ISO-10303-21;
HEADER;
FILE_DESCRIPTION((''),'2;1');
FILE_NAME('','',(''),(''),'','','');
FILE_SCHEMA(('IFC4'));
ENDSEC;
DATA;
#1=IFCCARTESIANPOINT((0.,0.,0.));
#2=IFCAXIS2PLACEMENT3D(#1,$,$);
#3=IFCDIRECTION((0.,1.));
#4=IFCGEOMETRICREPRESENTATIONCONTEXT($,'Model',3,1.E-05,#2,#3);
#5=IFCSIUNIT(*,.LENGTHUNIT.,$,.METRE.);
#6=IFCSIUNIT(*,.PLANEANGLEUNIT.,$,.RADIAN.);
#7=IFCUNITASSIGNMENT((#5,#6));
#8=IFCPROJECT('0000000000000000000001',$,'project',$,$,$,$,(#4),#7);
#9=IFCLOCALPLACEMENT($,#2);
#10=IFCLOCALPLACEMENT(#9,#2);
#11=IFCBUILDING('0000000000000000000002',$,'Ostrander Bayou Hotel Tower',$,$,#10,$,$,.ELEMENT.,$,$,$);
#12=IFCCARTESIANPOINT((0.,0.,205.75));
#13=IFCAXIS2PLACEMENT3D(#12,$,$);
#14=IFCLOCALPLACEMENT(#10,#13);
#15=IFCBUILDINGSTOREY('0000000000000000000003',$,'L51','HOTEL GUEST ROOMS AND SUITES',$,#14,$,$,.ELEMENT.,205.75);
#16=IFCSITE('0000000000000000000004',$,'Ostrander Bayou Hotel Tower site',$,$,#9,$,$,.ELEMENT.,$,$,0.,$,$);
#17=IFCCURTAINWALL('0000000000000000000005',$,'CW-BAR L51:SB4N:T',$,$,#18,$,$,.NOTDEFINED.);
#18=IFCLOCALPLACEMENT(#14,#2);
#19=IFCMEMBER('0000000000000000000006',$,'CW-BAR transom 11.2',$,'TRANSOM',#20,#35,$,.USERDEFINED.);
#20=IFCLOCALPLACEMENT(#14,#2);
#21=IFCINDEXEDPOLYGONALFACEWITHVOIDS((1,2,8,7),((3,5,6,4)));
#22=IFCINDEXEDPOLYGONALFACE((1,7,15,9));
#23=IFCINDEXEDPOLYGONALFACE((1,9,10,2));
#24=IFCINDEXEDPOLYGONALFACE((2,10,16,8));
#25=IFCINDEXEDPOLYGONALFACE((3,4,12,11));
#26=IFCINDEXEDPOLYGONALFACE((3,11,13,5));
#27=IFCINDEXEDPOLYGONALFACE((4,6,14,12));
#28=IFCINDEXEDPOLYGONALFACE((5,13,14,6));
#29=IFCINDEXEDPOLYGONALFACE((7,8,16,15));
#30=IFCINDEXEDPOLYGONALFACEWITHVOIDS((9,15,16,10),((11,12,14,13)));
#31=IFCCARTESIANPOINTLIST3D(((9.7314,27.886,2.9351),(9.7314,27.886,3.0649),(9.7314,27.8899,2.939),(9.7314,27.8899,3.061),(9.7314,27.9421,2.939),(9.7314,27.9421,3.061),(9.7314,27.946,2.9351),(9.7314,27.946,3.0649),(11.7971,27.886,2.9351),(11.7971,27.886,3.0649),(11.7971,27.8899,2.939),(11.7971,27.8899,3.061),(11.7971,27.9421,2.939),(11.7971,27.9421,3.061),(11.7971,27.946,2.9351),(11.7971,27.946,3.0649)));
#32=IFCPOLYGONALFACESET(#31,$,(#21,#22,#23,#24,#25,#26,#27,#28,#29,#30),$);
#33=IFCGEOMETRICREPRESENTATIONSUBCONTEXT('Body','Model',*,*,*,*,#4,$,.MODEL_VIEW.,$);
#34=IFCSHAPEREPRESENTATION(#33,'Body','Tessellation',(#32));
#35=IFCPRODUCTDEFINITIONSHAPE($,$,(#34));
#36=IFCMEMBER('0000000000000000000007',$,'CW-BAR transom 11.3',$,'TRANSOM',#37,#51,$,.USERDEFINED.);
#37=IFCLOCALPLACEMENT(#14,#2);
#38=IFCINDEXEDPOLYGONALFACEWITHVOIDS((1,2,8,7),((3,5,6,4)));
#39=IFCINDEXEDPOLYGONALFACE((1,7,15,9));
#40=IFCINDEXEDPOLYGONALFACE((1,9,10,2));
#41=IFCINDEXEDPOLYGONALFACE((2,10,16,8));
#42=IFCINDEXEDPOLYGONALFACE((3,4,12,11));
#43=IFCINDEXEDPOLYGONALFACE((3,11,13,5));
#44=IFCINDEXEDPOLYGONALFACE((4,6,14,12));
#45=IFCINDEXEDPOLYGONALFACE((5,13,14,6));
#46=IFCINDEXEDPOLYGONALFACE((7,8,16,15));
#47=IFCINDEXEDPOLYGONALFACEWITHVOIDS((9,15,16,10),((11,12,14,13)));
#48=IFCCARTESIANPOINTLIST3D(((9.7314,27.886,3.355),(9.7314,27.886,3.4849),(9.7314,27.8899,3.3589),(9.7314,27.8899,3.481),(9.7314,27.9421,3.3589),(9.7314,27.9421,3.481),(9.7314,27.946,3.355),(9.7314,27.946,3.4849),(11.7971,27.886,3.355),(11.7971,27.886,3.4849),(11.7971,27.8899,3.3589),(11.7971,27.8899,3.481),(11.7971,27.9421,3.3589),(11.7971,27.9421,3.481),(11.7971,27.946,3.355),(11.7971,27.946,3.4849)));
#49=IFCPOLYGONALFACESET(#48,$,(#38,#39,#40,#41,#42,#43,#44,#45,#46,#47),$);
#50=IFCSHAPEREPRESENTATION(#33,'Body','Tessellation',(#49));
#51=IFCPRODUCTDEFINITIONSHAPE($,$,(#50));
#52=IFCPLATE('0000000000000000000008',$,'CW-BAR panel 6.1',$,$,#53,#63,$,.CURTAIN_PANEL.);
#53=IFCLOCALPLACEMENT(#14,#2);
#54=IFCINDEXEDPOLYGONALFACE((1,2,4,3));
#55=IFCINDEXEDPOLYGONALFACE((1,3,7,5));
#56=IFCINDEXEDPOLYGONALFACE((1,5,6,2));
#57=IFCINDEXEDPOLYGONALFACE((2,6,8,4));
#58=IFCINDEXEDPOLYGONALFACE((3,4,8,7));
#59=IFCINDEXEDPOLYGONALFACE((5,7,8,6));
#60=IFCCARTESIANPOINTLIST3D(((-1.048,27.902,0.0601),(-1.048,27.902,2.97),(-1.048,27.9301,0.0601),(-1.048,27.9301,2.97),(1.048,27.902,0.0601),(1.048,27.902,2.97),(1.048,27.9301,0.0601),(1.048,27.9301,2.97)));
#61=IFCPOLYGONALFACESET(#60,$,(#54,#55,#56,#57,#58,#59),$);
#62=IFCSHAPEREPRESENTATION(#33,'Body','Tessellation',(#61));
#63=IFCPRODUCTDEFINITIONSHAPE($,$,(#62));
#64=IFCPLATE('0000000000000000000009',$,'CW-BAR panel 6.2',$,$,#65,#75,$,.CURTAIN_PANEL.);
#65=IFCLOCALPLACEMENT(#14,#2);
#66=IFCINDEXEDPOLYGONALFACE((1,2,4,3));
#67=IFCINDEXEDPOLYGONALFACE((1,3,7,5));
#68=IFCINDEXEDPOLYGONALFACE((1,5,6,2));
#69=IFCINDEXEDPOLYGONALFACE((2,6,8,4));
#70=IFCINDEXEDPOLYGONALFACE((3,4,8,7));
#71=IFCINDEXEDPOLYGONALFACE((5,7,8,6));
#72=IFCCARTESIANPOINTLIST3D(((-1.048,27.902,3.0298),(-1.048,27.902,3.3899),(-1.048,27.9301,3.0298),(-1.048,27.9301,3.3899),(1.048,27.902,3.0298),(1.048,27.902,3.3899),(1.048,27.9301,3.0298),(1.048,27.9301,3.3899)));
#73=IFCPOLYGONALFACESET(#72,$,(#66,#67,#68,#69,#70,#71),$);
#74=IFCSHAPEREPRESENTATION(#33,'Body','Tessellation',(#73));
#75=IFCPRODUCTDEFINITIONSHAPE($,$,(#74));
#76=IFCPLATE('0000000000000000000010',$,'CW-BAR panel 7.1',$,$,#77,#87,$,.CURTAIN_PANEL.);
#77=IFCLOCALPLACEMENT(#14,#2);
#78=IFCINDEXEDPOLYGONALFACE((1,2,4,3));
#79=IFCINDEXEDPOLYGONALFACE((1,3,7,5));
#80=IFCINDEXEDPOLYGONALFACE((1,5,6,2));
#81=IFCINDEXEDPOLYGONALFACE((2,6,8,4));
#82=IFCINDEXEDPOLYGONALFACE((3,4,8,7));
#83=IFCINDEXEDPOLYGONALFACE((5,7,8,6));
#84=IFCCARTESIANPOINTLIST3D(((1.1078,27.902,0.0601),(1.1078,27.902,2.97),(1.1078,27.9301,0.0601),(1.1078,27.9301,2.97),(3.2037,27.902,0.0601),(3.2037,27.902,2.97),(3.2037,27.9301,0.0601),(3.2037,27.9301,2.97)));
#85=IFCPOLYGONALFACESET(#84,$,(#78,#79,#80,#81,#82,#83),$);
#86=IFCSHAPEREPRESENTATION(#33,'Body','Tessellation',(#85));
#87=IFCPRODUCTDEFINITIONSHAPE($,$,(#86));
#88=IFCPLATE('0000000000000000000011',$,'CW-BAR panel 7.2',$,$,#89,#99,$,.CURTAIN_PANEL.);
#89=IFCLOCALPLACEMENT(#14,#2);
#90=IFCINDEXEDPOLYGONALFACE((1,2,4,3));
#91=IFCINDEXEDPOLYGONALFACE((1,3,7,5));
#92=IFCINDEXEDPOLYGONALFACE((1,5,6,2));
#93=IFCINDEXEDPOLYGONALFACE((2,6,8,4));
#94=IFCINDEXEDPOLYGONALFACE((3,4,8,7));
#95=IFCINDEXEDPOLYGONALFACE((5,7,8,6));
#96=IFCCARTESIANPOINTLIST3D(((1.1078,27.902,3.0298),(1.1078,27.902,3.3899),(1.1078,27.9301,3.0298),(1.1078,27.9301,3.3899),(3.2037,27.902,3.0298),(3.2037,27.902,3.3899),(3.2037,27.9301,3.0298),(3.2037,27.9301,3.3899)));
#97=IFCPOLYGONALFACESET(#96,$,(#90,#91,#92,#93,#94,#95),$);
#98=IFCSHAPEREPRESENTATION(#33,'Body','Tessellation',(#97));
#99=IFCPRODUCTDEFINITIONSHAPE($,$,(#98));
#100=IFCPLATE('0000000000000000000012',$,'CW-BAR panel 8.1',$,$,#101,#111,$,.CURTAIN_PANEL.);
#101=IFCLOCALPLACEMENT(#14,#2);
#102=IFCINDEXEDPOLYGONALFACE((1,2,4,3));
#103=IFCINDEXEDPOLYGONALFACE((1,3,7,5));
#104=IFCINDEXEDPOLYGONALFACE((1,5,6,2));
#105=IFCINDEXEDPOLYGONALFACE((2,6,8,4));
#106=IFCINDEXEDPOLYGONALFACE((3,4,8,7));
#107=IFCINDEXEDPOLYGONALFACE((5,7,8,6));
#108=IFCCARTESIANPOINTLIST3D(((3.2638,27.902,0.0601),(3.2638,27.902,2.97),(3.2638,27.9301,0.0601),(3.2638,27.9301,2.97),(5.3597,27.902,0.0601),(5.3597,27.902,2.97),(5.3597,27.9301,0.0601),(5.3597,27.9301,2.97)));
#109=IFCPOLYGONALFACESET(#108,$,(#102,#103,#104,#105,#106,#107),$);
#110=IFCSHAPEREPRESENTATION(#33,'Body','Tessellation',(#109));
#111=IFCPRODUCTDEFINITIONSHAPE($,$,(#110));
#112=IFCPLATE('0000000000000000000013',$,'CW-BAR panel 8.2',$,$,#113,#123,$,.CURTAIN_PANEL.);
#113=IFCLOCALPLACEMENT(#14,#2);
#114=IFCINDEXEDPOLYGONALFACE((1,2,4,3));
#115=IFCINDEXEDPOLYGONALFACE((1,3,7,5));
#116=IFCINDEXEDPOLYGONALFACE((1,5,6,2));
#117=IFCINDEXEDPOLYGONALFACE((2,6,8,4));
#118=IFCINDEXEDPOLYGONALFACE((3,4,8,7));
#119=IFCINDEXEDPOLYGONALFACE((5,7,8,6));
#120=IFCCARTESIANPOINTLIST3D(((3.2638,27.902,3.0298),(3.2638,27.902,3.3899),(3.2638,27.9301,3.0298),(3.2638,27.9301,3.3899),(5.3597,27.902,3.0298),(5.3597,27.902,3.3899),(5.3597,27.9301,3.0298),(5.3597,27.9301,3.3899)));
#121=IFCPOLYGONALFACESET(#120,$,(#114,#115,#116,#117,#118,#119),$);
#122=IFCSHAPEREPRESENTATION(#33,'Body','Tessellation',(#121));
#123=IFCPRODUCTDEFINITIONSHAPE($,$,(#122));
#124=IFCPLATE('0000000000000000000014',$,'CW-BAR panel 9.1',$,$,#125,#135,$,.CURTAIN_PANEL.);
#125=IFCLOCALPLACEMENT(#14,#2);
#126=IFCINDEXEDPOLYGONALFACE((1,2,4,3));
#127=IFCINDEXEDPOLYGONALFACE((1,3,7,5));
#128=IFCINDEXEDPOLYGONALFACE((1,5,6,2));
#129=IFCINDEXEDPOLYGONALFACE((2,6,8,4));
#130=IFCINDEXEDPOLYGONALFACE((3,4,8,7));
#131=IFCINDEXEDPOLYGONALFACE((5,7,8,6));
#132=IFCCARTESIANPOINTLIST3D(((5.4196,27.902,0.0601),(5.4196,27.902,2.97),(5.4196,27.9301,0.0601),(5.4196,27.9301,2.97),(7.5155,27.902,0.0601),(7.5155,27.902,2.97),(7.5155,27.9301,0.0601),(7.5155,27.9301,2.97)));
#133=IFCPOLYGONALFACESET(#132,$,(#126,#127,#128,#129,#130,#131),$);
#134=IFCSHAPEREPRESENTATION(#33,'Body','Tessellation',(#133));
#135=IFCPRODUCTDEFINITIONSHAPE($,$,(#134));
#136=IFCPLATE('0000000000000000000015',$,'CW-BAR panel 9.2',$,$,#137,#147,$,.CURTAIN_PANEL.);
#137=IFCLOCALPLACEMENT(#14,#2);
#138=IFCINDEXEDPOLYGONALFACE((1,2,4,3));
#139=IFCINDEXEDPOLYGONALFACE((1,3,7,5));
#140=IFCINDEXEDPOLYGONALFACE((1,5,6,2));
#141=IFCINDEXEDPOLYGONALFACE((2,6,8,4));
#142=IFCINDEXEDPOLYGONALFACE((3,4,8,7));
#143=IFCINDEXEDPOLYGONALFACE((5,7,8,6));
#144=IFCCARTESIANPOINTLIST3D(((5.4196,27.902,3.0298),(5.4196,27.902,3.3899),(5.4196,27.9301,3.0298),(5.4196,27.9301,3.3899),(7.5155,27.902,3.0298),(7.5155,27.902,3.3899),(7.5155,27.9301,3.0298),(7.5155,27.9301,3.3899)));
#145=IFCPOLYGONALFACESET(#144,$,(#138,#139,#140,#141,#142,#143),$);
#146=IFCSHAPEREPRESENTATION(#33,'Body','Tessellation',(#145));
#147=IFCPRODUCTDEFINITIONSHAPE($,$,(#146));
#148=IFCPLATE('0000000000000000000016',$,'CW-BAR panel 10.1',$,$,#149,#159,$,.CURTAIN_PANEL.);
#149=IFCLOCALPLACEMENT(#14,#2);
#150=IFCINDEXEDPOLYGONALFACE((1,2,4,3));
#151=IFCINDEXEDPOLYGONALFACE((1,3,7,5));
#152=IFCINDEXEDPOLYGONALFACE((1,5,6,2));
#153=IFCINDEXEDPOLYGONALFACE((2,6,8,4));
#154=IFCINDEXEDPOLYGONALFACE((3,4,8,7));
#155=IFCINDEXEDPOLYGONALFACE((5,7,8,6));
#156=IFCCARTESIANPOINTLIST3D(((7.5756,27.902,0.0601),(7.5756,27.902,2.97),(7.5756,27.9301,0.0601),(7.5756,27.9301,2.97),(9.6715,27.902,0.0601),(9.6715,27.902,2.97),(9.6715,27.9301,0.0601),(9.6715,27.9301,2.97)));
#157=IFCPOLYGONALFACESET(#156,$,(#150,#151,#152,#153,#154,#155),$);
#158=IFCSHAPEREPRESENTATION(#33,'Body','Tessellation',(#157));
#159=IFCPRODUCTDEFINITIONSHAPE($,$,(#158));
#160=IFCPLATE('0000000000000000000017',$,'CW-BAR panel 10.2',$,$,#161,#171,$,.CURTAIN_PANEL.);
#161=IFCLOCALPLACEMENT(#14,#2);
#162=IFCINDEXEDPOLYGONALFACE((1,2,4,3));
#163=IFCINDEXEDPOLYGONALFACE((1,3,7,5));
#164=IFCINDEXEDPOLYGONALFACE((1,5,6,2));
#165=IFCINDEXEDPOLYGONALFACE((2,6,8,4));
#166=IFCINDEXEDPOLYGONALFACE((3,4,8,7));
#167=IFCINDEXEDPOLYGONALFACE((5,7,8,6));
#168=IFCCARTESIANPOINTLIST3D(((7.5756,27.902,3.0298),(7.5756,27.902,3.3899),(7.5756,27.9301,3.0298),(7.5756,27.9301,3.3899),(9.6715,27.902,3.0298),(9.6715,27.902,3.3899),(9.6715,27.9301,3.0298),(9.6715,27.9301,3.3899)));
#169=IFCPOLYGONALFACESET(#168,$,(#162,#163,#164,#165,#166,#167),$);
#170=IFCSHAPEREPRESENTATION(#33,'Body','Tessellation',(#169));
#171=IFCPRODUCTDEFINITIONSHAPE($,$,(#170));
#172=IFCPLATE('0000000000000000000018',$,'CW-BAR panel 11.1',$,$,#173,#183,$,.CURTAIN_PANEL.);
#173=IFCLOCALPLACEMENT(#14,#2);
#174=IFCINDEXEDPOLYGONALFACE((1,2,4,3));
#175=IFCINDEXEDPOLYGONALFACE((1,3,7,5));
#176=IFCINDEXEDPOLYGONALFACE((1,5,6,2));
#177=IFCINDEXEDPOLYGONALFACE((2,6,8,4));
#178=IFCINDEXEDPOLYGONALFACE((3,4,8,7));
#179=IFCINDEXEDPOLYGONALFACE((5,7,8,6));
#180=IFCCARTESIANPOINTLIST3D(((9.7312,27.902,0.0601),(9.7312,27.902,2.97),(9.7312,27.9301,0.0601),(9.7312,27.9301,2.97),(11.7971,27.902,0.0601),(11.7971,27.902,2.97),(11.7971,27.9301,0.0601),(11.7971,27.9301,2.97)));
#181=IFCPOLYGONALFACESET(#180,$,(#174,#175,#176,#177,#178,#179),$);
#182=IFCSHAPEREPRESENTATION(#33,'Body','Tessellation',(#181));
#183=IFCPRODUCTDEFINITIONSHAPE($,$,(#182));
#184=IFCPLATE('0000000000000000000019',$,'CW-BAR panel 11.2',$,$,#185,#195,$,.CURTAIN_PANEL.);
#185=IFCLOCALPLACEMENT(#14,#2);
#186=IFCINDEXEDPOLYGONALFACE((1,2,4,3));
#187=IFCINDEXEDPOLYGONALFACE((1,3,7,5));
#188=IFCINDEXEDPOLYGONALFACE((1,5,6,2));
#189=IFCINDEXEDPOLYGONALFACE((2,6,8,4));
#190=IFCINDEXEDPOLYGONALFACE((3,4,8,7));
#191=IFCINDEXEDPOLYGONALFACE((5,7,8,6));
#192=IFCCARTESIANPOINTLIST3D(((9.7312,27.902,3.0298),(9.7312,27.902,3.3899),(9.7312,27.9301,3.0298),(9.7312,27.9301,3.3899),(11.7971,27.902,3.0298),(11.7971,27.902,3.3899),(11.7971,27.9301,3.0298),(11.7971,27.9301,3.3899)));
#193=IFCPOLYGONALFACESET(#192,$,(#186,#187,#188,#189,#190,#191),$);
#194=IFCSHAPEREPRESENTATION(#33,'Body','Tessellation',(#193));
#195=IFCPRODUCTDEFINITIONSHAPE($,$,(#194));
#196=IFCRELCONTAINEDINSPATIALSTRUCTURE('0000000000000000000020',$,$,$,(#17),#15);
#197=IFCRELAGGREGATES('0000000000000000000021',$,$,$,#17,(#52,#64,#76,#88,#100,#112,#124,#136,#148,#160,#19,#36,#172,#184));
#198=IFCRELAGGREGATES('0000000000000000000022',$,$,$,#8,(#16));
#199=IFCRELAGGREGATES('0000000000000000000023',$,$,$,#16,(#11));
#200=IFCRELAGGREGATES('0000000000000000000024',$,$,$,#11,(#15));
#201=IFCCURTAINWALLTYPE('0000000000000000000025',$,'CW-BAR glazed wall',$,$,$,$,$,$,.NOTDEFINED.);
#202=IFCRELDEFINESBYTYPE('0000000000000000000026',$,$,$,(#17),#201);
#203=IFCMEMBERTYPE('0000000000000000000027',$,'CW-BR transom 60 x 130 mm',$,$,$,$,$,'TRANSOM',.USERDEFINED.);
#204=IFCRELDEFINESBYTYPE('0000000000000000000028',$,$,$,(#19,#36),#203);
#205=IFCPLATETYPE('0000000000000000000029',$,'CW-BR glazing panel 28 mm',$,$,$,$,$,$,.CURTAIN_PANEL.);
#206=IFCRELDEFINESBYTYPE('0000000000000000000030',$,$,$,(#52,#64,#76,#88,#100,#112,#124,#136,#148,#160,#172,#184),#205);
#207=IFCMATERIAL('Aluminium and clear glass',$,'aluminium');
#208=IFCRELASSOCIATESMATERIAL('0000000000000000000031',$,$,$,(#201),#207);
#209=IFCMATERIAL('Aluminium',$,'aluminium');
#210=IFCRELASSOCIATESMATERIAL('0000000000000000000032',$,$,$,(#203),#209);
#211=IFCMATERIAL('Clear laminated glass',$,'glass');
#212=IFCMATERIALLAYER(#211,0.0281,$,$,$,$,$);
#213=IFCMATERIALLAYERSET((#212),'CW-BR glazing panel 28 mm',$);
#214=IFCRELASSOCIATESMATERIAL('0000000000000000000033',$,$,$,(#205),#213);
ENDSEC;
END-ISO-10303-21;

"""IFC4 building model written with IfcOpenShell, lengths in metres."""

from ifc_helpers import new_model, si_unit, direction, frame, origin, origin_2d, place, context, subcontext, project, spatial, rectangle, hollow_rectangle, extrude, material, layer, layer_set, material_profile, profile_set, type_object, element, aggregate, save


model = new_model("IFC4")

# Units and contexts
model_context = context("Model", 3, precision=1e-05, world=origin(), true_north=direction((0.0, 1.0)))
body_context = subcontext(model_context, "Body", "Model", "MODEL_VIEW")
ifc_project = project(units=[si_unit("LENGTHUNIT", "METRE"), si_unit("PLANEANGLEUNIT", "RADIAN")], contexts=[model_context])

# Site, building, storey
site_placement = place(None, origin())
site = spatial("IfcSite", under=ifc_project, at=site_placement, Name="Ostrander Bayou Hotel Tower site", CompositionType="ELEMENT", RefElevation=0.0)
building_placement = place(site_placement, origin())
building = spatial("IfcBuilding", under=site, at=building_placement, Name="Ostrander Bayou Hotel Tower", CompositionType="ELEMENT")
storey_placement = place(building_placement, frame((0.0, 0.0, 205.75)))
storey = spatial("IfcBuildingStorey", under=building, at=storey_placement, Name="L51", Description="HOTEL GUEST ROOMS AND SUITES", CompositionType="ELEMENT", Elevation=205.75)

# Curtain wall, members, plates
ifc_material_1 = material(Name="Aluminium and clear glass", Category="aluminium")
curtain_wall_type = type_object("IfcCurtainWallType", Name="CW-BAR glazed wall", PredefinedType="NOTDEFINED", material=ifc_material_1)
curtain_wall_placement = place(storey_placement, origin())
curtain_wall = element("IfcCurtainWall", 1, at=curtain_wall_placement, inside=storey, type_object=curtain_wall_type, Name="CW-BAR L51:SB4N:T", PredefinedType="NOTDEFINED")
ifc_material_2 = material(Name="Aluminium", Category="aluminium")
ifc_material_profile_1 = material_profile(ifc_material_2, hollow_rectangle(XDim=0.0601, YDim=0.1299, WallThickness=0.0039, at=origin_2d()))
ifc_profile_set_1 = profile_set([ifc_material_profile_1], Name="Aluminium")
member_type_1 = type_object("IfcMemberType", Name="CW-BR transom 60 x 130 mm", ElementType="TRANSOM", PredefinedType="USERDEFINED", material=ifc_profile_set_1)
member_1_placement = place(storey_placement, frame((9.7314, 27.916, 3.0), z_axis=(1.0, 0.0, 0.0), x_axis=(0.0, 1.0, 0.0)))
member_1 = element("IfcMember", 2, at=member_1_placement, type_object=member_type_1, Name="CW-BAR transom 11.2", ObjectType="TRANSOM", PredefinedType="USERDEFINED", context=body_context, shape_type="SweptSolid", body=[
    extrude(hollow_rectangle(XDim=0.0601, YDim=0.1299, WallThickness=0.0039, at=origin_2d()), origin(), (0.0, 0.0, 1.0), 2.0657),
])
member_2_placement = place(storey_placement, frame((9.7314, 27.916, 3.4199), z_axis=(1.0, 0.0, 0.0), x_axis=(0.0, 1.0, 0.0)))
member_2 = element("IfcMember", 3, at=member_2_placement, type_object=member_type_1, Name="CW-BAR transom 11.3", ObjectType="TRANSOM", PredefinedType="USERDEFINED", context=body_context, shape_type="SweptSolid", body=[
    extrude(hollow_rectangle(XDim=0.0601, YDim=0.1299, WallThickness=0.0039, at=origin_2d()), origin(), (0.0, 0.0, 1.0), 2.0657),
])
ifc_material_3 = material(Name="Clear laminated glass", Category="glass")
ifc_layer_1 = layer(ifc_material_3, 0.0281)
ifc_layer_set_1 = layer_set([ifc_layer_1], Name="CW-BR glazing panel 28 mm")
plate_type = type_object("IfcPlateType", Name="CW-BR glazing panel 28 mm", PredefinedType="CURTAIN_PANEL", material=ifc_layer_set_1)
plate_1_placement = place(storey_placement, frame((0.0, 27.916, 0.0601), z_axis=(0.0, 0.0, 1.0), x_axis=(1.0, 0.0, 0.0)))
plate_1 = element("IfcPlate", 4, at=plate_1_placement, type_object=plate_type, Name="CW-BAR panel 6.1", PredefinedType="CURTAIN_PANEL", context=body_context, shape_type="SweptSolid", body=[
    extrude(rectangle(XDim=2.0959, YDim=0.0281, at=origin_2d()), origin(), (0.0, 0.0, 1.0), 2.9099),
])
plate_2_placement = place(storey_placement, frame((0.0, 27.916, 3.0298), z_axis=(0.0, 0.0, 1.0), x_axis=(1.0, 0.0, 0.0)))
plate_2 = element("IfcPlate", 5, at=plate_2_placement, type_object=plate_type, Name="CW-BAR panel 6.2", PredefinedType="CURTAIN_PANEL", context=body_context, shape_type="SweptSolid", body=[
    extrude(rectangle(XDim=2.0959, YDim=0.0281, at=origin_2d()), origin(), (0.0, 0.0, 1.0), 0.3601),
])
plate_3_placement = place(storey_placement, frame((2.1558, 27.916, 0.0601), z_axis=(0.0, 0.0, 1.0), x_axis=(1.0, 0.0, 0.0)))
plate_3 = element("IfcPlate", 6, at=plate_3_placement, type_object=plate_type, Name="CW-BAR panel 7.1", PredefinedType="CURTAIN_PANEL", context=body_context, shape_type="SweptSolid", body=[
    extrude(rectangle(XDim=2.0959, YDim=0.0281, at=origin_2d()), origin(), (0.0, 0.0, 1.0), 2.9099),
])
plate_4_placement = place(storey_placement, frame((2.1558, 27.916, 3.0298), z_axis=(0.0, 0.0, 1.0), x_axis=(1.0, 0.0, 0.0)))
plate_4 = element("IfcPlate", 7, at=plate_4_placement, type_object=plate_type, Name="CW-BAR panel 7.2", PredefinedType="CURTAIN_PANEL", context=body_context, shape_type="SweptSolid", body=[
    extrude(rectangle(XDim=2.0959, YDim=0.0281, at=origin_2d()), origin(), (0.0, 0.0, 1.0), 0.3601),
])
plate_5_placement = place(storey_placement, frame((4.3118, 27.916, 0.0601), z_axis=(0.0, 0.0, 1.0), x_axis=(1.0, 0.0, 0.0)))
plate_5 = element("IfcPlate", 8, at=plate_5_placement, type_object=plate_type, Name="CW-BAR panel 8.1", PredefinedType="CURTAIN_PANEL", context=body_context, shape_type="SweptSolid", body=[
    extrude(rectangle(XDim=2.0959, YDim=0.0281, at=origin_2d()), origin(), (0.0, 0.0, 1.0), 2.9099),
])
plate_6_placement = place(storey_placement, frame((4.3118, 27.916, 3.0298), z_axis=(0.0, 0.0, 1.0), x_axis=(1.0, 0.0, 0.0)))
plate_6 = element("IfcPlate", 9, at=plate_6_placement, type_object=plate_type, Name="CW-BAR panel 8.2", PredefinedType="CURTAIN_PANEL", context=body_context, shape_type="SweptSolid", body=[
    extrude(rectangle(XDim=2.0959, YDim=0.0281, at=origin_2d()), origin(), (0.0, 0.0, 1.0), 0.3601),
])
plate_7_placement = place(storey_placement, frame((6.4675, 27.916, 0.0601), z_axis=(0.0, 0.0, 1.0), x_axis=(1.0, 0.0, 0.0)))
plate_7 = element("IfcPlate", 10, at=plate_7_placement, type_object=plate_type, Name="CW-BAR panel 9.1", PredefinedType="CURTAIN_PANEL", context=body_context, shape_type="SweptSolid", body=[
    extrude(rectangle(XDim=2.0959, YDim=0.0281, at=origin_2d()), origin(), (0.0, 0.0, 1.0), 2.9099),
])
plate_8_placement = place(storey_placement, frame((6.4675, 27.916, 3.0298), z_axis=(0.0, 0.0, 1.0), x_axis=(1.0, 0.0, 0.0)))
plate_8 = element("IfcPlate", 11, at=plate_8_placement, type_object=plate_type, Name="CW-BAR panel 9.2", PredefinedType="CURTAIN_PANEL", context=body_context, shape_type="SweptSolid", body=[
    extrude(rectangle(XDim=2.0959, YDim=0.0281, at=origin_2d()), origin(), (0.0, 0.0, 1.0), 0.3601),
])
plate_9_placement = place(storey_placement, frame((8.6235, 27.916, 0.0601), z_axis=(0.0, 0.0, 1.0), x_axis=(1.0, 0.0, 0.0)))
plate_9 = element("IfcPlate", 12, at=plate_9_placement, type_object=plate_type, Name="CW-BAR panel 10.1", PredefinedType="CURTAIN_PANEL", context=body_context, shape_type="SweptSolid", body=[
    extrude(rectangle(XDim=2.0959, YDim=0.0281, at=origin_2d()), origin(), (0.0, 0.0, 1.0), 2.9099),
])
plate_10_placement = place(storey_placement, frame((8.6235, 27.916, 3.0298), z_axis=(0.0, 0.0, 1.0), x_axis=(1.0, 0.0, 0.0)))
plate_10 = element("IfcPlate", 13, at=plate_10_placement, type_object=plate_type, Name="CW-BAR panel 10.2", PredefinedType="CURTAIN_PANEL", context=body_context, shape_type="SweptSolid", body=[
    extrude(rectangle(XDim=2.0959, YDim=0.0281, at=origin_2d()), origin(), (0.0, 0.0, 1.0), 0.3601),
])
plate_11_placement = place(storey_placement, frame((10.7642, 27.916, 0.0601), z_axis=(0.0, 0.0, 1.0), x_axis=(1.0, 0.0, 0.0)))
plate_11 = element("IfcPlate", 14, at=plate_11_placement, type_object=plate_type, Name="CW-BAR panel 11.1", PredefinedType="CURTAIN_PANEL", context=body_context, shape_type="SweptSolid", body=[
    extrude(rectangle(XDim=2.0659, YDim=0.0281, at=origin_2d()), origin(), (0.0, 0.0, 1.0), 2.9099),
])
plate_12_placement = place(storey_placement, frame((10.7642, 27.916, 3.0298), z_axis=(0.0, 0.0, 1.0), x_axis=(1.0, 0.0, 0.0)))
plate_12 = element("IfcPlate", 15, at=plate_12_placement, type_object=plate_type, Name="CW-BAR panel 11.2", PredefinedType="CURTAIN_PANEL", context=body_context, shape_type="SweptSolid", body=[
    extrude(rectangle(XDim=2.0659, YDim=0.0281, at=origin_2d()), origin(), (0.0, 0.0, 1.0), 0.3601),
])
aggregate(curtain_wall, [plate_1, plate_2, plate_3, plate_4, plate_5, plate_6, plate_7, plate_8, plate_9, plate_10, member_1, member_2, plate_11, plate_12])

save(model, "model.ifc")
